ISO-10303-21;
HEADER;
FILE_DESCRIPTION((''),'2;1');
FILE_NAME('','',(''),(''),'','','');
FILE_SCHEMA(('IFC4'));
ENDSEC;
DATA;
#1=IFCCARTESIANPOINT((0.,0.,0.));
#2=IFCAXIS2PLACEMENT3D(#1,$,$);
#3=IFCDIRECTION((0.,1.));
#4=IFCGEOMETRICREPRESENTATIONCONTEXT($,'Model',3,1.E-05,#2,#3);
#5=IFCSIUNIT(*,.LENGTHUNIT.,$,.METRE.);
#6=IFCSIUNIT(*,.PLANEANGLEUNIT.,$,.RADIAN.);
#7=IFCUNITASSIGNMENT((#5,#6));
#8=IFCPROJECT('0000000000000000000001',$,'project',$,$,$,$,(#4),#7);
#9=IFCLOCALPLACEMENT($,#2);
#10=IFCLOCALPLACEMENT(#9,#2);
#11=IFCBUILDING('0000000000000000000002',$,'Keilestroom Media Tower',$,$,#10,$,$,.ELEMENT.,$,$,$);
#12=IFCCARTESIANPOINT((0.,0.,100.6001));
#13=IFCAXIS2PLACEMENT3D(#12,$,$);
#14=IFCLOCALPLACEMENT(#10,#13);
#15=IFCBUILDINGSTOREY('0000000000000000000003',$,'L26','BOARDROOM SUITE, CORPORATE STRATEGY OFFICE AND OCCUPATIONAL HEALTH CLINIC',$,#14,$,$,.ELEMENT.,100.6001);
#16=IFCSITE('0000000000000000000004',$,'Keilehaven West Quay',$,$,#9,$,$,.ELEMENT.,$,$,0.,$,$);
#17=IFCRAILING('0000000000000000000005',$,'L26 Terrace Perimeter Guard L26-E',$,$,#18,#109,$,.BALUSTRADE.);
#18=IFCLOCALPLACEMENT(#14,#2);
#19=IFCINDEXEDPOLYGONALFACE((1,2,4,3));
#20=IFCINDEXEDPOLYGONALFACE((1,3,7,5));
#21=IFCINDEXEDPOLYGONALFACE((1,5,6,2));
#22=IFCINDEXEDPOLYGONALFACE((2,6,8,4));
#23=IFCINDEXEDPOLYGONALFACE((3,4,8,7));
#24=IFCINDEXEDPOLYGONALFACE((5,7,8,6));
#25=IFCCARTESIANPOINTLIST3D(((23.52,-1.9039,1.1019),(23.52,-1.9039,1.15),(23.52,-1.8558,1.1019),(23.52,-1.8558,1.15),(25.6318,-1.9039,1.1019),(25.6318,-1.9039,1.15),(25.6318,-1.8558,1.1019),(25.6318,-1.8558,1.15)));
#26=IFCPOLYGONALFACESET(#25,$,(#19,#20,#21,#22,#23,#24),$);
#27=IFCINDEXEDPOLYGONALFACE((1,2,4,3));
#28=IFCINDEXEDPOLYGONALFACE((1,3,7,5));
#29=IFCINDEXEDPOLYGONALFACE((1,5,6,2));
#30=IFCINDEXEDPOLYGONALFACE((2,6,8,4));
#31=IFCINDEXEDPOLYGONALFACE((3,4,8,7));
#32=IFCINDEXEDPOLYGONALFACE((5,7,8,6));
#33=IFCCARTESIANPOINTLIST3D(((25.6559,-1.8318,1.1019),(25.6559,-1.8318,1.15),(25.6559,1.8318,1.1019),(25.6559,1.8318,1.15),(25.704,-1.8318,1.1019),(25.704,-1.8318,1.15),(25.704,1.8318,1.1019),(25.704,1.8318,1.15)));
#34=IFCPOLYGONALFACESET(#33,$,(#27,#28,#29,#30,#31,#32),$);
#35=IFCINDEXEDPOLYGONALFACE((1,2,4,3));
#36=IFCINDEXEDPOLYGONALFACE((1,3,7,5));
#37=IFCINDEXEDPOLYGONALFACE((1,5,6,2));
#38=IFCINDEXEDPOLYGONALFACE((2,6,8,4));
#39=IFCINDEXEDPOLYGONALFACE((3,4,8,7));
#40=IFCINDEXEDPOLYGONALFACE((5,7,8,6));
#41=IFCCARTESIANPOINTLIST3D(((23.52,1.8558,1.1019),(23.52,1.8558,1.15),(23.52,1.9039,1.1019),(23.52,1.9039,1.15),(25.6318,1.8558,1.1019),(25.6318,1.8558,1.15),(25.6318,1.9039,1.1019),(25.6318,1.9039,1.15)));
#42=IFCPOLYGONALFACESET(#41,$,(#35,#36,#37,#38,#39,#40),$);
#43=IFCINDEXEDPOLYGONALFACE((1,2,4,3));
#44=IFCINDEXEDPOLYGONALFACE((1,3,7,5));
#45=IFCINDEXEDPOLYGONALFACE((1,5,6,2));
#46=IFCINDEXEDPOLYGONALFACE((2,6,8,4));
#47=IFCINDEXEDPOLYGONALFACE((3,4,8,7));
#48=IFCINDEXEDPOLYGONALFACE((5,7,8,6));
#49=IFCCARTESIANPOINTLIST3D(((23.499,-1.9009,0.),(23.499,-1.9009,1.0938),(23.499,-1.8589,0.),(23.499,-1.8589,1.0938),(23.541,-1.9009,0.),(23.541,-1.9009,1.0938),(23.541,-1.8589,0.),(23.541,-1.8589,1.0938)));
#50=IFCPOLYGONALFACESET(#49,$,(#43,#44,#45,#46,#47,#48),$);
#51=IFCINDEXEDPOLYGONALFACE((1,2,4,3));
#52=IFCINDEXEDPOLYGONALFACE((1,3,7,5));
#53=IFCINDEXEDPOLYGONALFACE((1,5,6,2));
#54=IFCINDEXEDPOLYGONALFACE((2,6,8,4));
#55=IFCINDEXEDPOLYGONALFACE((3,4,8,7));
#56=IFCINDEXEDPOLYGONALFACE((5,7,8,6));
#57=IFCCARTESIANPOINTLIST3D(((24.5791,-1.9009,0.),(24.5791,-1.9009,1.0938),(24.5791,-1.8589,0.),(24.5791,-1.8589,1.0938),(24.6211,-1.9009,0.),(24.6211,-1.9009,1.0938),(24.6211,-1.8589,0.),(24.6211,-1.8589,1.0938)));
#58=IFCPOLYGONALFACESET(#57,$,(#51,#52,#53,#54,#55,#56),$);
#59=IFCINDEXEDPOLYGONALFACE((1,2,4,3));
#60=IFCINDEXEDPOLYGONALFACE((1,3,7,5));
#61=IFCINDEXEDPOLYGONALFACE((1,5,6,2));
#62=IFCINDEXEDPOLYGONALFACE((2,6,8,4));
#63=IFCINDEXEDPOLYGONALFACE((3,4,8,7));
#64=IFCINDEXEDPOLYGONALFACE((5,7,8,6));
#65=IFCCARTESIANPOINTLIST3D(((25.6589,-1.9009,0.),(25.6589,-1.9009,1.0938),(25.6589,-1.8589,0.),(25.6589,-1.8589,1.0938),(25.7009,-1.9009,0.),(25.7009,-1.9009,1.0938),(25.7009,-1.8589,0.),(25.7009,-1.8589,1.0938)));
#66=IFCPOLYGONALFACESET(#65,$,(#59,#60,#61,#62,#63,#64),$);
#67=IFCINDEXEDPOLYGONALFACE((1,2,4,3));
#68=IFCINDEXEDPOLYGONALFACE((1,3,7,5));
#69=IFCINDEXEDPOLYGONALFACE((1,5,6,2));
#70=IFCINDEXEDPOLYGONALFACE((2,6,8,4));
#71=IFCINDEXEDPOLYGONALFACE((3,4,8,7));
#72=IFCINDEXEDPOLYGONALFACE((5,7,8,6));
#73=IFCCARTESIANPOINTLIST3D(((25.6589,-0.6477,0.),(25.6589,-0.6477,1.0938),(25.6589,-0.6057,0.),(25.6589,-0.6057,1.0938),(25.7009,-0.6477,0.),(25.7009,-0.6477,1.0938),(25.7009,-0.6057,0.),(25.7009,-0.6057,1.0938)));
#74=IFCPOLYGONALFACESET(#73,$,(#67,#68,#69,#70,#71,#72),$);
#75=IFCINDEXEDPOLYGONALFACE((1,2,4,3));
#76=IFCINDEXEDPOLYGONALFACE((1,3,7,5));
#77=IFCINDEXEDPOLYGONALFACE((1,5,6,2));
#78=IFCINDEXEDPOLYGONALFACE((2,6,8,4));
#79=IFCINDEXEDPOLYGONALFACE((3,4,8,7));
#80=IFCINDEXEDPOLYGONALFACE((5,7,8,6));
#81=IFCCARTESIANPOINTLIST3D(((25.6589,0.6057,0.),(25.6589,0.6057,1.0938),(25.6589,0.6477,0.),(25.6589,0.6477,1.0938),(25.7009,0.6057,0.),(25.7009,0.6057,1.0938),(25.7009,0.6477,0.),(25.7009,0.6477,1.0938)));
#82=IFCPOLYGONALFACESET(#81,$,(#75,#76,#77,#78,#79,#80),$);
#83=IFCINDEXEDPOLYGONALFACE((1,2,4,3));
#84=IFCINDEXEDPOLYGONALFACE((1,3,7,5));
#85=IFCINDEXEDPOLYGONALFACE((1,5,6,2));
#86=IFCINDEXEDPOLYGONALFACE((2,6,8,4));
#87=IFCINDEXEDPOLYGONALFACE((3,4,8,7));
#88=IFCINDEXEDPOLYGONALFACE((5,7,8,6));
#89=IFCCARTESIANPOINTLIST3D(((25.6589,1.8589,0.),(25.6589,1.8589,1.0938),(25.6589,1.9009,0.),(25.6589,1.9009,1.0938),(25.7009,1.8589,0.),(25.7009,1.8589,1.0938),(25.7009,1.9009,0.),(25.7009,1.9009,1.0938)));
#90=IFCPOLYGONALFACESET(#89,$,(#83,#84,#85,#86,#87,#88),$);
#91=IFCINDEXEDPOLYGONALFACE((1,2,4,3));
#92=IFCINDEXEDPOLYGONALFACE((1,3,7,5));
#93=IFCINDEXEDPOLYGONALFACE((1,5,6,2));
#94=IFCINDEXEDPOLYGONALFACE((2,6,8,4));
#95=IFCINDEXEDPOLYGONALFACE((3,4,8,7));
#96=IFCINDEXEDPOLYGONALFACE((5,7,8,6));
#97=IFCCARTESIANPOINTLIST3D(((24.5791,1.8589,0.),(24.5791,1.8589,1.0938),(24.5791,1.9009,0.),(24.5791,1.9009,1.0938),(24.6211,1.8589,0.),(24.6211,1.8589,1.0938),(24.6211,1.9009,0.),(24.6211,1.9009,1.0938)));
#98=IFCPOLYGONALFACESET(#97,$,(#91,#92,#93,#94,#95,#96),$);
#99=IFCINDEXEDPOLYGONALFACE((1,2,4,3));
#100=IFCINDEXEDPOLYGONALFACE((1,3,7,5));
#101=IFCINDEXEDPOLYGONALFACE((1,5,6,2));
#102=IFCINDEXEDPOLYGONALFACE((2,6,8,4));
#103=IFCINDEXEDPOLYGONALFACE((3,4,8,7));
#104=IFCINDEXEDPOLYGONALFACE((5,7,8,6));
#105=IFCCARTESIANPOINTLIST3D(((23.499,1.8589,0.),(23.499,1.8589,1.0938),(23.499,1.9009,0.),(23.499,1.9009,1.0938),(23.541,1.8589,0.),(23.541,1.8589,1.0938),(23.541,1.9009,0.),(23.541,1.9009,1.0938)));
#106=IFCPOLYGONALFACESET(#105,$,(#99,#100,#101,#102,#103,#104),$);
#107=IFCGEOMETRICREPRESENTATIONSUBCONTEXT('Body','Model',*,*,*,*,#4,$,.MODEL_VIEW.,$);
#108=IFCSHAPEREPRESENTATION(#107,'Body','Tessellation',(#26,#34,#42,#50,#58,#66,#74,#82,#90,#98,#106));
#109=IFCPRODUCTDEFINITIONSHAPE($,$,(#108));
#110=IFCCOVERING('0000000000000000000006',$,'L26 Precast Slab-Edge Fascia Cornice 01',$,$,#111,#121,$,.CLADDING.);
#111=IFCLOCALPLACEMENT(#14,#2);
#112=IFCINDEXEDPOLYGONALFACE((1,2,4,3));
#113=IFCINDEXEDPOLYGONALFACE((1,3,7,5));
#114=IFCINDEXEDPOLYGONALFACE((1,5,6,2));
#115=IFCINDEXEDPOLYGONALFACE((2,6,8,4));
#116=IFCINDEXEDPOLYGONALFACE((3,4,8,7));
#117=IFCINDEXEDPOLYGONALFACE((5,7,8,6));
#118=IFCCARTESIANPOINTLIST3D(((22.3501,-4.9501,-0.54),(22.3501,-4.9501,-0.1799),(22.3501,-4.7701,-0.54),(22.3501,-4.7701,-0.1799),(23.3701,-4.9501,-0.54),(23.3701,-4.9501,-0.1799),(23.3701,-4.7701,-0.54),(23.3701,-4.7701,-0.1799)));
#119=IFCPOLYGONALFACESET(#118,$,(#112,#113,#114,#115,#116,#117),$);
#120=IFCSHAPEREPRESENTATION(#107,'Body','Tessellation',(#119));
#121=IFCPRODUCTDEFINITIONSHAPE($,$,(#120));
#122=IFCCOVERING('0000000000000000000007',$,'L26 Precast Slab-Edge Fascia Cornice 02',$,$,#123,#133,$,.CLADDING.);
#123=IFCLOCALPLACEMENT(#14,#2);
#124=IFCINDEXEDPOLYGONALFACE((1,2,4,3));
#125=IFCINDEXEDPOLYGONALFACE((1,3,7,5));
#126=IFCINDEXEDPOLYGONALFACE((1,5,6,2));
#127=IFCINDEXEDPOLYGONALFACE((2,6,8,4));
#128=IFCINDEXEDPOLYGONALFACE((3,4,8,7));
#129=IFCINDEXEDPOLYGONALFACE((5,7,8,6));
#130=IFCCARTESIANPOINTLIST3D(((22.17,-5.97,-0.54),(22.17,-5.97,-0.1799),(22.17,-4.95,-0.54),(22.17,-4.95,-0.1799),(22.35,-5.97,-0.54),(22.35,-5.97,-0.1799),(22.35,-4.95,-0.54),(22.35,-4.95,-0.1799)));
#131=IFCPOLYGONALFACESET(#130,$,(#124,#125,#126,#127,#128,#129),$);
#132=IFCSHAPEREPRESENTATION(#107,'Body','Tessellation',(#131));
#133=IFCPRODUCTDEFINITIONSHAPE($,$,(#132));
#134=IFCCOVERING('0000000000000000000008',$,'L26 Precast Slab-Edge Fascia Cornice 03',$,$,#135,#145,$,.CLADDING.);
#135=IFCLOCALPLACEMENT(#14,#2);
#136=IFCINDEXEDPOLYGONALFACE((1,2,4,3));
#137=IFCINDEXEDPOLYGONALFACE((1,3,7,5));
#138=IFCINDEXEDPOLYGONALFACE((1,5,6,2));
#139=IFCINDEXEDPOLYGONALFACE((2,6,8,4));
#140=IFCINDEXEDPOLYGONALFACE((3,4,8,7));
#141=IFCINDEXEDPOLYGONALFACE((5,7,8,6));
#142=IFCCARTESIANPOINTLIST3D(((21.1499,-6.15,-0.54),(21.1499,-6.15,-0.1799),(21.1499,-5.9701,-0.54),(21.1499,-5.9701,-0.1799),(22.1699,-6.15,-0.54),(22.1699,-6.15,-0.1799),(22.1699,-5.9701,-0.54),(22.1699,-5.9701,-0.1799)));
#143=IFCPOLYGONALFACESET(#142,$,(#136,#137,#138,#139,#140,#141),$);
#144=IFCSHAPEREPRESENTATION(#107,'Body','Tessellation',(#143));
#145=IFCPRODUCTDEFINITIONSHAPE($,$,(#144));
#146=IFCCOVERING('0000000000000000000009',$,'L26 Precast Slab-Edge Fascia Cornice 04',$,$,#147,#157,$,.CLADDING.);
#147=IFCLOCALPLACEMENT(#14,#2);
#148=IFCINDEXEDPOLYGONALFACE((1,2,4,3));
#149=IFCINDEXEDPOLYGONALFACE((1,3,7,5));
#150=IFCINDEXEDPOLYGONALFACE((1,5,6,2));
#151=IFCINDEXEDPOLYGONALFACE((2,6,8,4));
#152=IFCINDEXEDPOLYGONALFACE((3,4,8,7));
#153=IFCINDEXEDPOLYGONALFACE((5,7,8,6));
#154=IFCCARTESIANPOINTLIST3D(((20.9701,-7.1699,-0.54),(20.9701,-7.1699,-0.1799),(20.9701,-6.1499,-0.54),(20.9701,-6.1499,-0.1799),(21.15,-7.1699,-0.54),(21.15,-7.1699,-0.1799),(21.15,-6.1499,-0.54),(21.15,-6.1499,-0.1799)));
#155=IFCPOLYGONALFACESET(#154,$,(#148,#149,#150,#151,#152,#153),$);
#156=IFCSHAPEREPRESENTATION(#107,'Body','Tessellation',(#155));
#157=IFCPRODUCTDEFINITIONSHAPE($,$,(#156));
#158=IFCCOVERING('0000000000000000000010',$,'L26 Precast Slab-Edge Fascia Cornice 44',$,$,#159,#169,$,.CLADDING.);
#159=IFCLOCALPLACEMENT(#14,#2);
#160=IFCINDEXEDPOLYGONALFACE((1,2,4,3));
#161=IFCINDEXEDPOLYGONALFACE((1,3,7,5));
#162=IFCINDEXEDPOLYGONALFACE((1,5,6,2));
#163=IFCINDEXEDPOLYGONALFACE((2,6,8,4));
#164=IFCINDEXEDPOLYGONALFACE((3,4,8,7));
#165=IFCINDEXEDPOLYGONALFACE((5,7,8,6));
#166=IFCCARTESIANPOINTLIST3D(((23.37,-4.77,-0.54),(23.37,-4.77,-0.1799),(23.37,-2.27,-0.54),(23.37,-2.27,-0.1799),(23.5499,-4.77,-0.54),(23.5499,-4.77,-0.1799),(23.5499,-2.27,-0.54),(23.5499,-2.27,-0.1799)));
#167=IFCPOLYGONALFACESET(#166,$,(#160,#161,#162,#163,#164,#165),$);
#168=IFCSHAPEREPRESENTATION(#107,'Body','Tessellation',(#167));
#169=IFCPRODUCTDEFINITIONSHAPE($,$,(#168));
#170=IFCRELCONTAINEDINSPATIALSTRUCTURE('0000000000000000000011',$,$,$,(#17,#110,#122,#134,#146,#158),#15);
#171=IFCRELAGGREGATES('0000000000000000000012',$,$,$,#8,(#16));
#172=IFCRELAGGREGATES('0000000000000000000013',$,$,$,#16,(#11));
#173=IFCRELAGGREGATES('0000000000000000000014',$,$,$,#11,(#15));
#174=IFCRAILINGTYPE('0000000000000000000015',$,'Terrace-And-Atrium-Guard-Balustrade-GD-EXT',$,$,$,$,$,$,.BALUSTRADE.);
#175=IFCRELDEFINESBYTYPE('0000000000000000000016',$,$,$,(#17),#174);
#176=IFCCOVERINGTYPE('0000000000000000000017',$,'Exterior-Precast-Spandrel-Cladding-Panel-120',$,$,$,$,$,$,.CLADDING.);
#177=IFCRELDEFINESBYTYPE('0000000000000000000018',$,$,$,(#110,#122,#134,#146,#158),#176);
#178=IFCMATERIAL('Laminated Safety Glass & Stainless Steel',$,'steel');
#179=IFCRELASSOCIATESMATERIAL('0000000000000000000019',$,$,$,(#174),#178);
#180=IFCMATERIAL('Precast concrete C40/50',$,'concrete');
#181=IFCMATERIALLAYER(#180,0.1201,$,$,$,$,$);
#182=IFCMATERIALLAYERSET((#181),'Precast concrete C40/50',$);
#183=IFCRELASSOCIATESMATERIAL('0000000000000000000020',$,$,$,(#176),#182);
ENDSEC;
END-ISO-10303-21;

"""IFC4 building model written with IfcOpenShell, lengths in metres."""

from ifc_helpers import new_model, si_unit, direction, frame, origin, origin_2d, place, context, subcontext, project, spatial, rectangle, extrude, source, transform, mapped, material, layer, layer_set, type_object, element, save


model = new_model("IFC4")

# Units and contexts
model_context = context("Model", 3, precision=1e-05, world=origin(), true_north=direction((0.0, 1.0)))
body_context = subcontext(model_context, "Body", "Model", "MODEL_VIEW")
ifc_project = project(units=[si_unit("LENGTHUNIT", "METRE"), si_unit("PLANEANGLEUNIT", "RADIAN")], contexts=[model_context])

# Site, building, storey
site_placement = place(None, origin())
site = spatial("IfcSite", under=ifc_project, at=site_placement, Name="Keilehaven West Quay", CompositionType="ELEMENT", RefElevation=0.0)
building_placement = place(site_placement, origin())
building = spatial("IfcBuilding", under=site, at=building_placement, Name="Keilestroom Media Tower", CompositionType="ELEMENT")
storey_placement = place(building_placement, frame((0.0, 0.0, 100.6001)))
storey = spatial("IfcBuildingStorey", under=building, at=storey_placement, Name="L26", Description="BOARDROOM SUITE, CORPORATE STRATEGY OFFICE AND OCCUPATIONAL HEALTH CLINIC", CompositionType="ELEMENT", Elevation=100.6001)

# Shared definitions
ifc_material_1 = material(Name="Precast concrete C40/50", Category="concrete")

# Railing
ifc_material_2 = material(Name="Laminated Safety Glass & Stainless Steel", Category="steel")
railing_type = type_object("IfcRailingType", Name="Terrace-And-Atrium-Guard-Balustrade-GD-EXT", PredefinedType="BALUSTRADE", material=ifc_material_2)
railing_placement = place(storey_placement, frame((23.52, -1.8799, 0.0)))
element("IfcRailing", 1, at=railing_placement, inside=storey, type_object=railing_type, Name="L26 Terrace Perimeter Guard L26-E", PredefinedType="BALUSTRADE", context=body_context, shape_type="SweptSolid", body=[
    extrude(rectangle(XDim=0.0481, YDim=0.0481, at=origin_2d()), frame((0.0, 0.0, 1.126), z_axis=(1.0, 0.0, 0.0), x_axis=(0.0, 1.0, 0.0)), (0.0, 0.0, 1.0), 2.1118),
    extrude(rectangle(XDim=0.0481, YDim=0.0481, at=origin_2d()), frame((2.1599, 0.0481, 1.126), z_axis=(0.0, 1.0, 0.0), x_axis=(-1.0, 0.0, 0.0)), (0.0, 0.0, 1.0), 3.6636),
    extrude(rectangle(XDim=0.0481, YDim=0.0481, at=origin_2d()), frame((2.1118, 3.7598, 1.126), z_axis=(-1.0, 0.0, 0.0), x_axis=(0.0, -1.0, 0.0)), (0.0, 0.0, 1.0), 2.1118),
    extrude(rectangle(XDim=0.042, YDim=0.042, at=origin_2d()), origin(), (0.0, 0.0, 1.0), 1.0938),
    extrude(rectangle(XDim=0.042, YDim=0.042, at=origin_2d()), frame((1.0801, 0.0, 0.0)), (0.0, 0.0, 1.0), 1.0938),
    extrude(rectangle(XDim=0.042, YDim=0.042, at=origin_2d()), frame((2.1599, 0.0, 0.0)), (0.0, 0.0, 1.0), 1.0938),
    extrude(rectangle(XDim=0.042, YDim=0.042, at=origin_2d()), frame((2.1599, 1.2532, 0.0)), (0.0, 0.0, 1.0), 1.0938),
    extrude(rectangle(XDim=0.042, YDim=0.042, at=origin_2d()), frame((2.1599, 2.5066, 0.0)), (0.0, 0.0, 1.0), 1.0938),
    extrude(rectangle(XDim=0.042, YDim=0.042, at=origin_2d()), frame((2.1599, 3.7598, 0.0)), (0.0, 0.0, 1.0), 1.0938),
    extrude(rectangle(XDim=0.042, YDim=0.042, at=origin_2d()), frame((1.0801, 3.7598, 0.0)), (0.0, 0.0, 1.0), 1.0938),
    extrude(rectangle(XDim=0.042, YDim=0.042, at=origin_2d()), frame((0.0, 3.7598, 0.0)), (0.0, 0.0, 1.0), 1.0938),
])

# Coverings
ifc_layer_1 = layer(ifc_material_1, 0.1201)
ifc_layer_set_1 = layer_set([ifc_layer_1], Name="Precast concrete C40/50")
covering_type = type_object("IfcCoveringType", Name="Exterior-Precast-Spandrel-Cladding-Panel-120", PredefinedType="CLADDING", material=ifc_layer_set_1)
shared_shape_1 = source(origin(), body_context, "Body", "SweptSolid", [
    extrude(rectangle(XDim=1.02, YDim=0.1799, at=origin_2d()), origin(), (0.0, 0.0, 1.0), 0.3601),
])
for number, where, z_axis, x_axis, name in (
    (2, (22.8601, -4.8601, -0.54), (0.0, 0.0, 1.0), (-1.0, 0.0, 0.0), "L26 Precast Slab-Edge Fascia Cornice 01"),
    (3, (22.26, -5.46, -0.54), (0.0, 0.0, 1.0), (0.0, -1.0, 0.0), "L26 Precast Slab-Edge Fascia Cornice 02"),
    (4, (21.6599, -6.0601, -0.54), (0.0, 0.0, 1.0), (-1.0, 0.0, 0.0), "L26 Precast Slab-Edge Fascia Cornice 03"),
    (5, (21.0601, -6.6599, -0.54), (0.0, 0.0, 1.0), (0.0, -1.0, 0.0), "L26 Precast Slab-Edge Fascia Cornice 04"),
):
    element("IfcCovering", number, at=place(storey_placement, frame(where, z_axis=z_axis, x_axis=x_axis)), inside=storey, type_object=covering_type, Name=name, PredefinedType="CLADDING", context=body_context, shape_type="MappedRepresentation", body=[
        mapped(shared_shape_1, transform((0.0, 0.0, 0.0), x_axis=(1.0, 0.0, 0.0), y_axis=(0.0, 1.0, 0.0), z_axis=(0.0, 0.0, 1.0), scale=1.0)),
    ])
shared_shape_2 = source(origin(), body_context, "Body", "SweptSolid", [
    extrude(rectangle(XDim=2.5, YDim=0.1799, at=origin_2d()), origin(), (0.0, 0.0, 1.0), 0.3601),
])
covering_placement = place(storey_placement, frame((23.46, -3.52, -0.54), z_axis=(0.0, 0.0, 1.0), x_axis=(0.0, -1.0, 0.0)))
element("IfcCovering", 6, at=covering_placement, inside=storey, type_object=covering_type, Name="L26 Precast Slab-Edge Fascia Cornice 44", PredefinedType="CLADDING", context=body_context, shape_type="MappedRepresentation", body=[
    mapped(shared_shape_2, transform((0.0, 0.0, 0.0), x_axis=(1.0, 0.0, 0.0), y_axis=(0.0, 1.0, 0.0), z_axis=(0.0, 0.0, 1.0), scale=1.0)),
])

save(model, "model.ifc")
